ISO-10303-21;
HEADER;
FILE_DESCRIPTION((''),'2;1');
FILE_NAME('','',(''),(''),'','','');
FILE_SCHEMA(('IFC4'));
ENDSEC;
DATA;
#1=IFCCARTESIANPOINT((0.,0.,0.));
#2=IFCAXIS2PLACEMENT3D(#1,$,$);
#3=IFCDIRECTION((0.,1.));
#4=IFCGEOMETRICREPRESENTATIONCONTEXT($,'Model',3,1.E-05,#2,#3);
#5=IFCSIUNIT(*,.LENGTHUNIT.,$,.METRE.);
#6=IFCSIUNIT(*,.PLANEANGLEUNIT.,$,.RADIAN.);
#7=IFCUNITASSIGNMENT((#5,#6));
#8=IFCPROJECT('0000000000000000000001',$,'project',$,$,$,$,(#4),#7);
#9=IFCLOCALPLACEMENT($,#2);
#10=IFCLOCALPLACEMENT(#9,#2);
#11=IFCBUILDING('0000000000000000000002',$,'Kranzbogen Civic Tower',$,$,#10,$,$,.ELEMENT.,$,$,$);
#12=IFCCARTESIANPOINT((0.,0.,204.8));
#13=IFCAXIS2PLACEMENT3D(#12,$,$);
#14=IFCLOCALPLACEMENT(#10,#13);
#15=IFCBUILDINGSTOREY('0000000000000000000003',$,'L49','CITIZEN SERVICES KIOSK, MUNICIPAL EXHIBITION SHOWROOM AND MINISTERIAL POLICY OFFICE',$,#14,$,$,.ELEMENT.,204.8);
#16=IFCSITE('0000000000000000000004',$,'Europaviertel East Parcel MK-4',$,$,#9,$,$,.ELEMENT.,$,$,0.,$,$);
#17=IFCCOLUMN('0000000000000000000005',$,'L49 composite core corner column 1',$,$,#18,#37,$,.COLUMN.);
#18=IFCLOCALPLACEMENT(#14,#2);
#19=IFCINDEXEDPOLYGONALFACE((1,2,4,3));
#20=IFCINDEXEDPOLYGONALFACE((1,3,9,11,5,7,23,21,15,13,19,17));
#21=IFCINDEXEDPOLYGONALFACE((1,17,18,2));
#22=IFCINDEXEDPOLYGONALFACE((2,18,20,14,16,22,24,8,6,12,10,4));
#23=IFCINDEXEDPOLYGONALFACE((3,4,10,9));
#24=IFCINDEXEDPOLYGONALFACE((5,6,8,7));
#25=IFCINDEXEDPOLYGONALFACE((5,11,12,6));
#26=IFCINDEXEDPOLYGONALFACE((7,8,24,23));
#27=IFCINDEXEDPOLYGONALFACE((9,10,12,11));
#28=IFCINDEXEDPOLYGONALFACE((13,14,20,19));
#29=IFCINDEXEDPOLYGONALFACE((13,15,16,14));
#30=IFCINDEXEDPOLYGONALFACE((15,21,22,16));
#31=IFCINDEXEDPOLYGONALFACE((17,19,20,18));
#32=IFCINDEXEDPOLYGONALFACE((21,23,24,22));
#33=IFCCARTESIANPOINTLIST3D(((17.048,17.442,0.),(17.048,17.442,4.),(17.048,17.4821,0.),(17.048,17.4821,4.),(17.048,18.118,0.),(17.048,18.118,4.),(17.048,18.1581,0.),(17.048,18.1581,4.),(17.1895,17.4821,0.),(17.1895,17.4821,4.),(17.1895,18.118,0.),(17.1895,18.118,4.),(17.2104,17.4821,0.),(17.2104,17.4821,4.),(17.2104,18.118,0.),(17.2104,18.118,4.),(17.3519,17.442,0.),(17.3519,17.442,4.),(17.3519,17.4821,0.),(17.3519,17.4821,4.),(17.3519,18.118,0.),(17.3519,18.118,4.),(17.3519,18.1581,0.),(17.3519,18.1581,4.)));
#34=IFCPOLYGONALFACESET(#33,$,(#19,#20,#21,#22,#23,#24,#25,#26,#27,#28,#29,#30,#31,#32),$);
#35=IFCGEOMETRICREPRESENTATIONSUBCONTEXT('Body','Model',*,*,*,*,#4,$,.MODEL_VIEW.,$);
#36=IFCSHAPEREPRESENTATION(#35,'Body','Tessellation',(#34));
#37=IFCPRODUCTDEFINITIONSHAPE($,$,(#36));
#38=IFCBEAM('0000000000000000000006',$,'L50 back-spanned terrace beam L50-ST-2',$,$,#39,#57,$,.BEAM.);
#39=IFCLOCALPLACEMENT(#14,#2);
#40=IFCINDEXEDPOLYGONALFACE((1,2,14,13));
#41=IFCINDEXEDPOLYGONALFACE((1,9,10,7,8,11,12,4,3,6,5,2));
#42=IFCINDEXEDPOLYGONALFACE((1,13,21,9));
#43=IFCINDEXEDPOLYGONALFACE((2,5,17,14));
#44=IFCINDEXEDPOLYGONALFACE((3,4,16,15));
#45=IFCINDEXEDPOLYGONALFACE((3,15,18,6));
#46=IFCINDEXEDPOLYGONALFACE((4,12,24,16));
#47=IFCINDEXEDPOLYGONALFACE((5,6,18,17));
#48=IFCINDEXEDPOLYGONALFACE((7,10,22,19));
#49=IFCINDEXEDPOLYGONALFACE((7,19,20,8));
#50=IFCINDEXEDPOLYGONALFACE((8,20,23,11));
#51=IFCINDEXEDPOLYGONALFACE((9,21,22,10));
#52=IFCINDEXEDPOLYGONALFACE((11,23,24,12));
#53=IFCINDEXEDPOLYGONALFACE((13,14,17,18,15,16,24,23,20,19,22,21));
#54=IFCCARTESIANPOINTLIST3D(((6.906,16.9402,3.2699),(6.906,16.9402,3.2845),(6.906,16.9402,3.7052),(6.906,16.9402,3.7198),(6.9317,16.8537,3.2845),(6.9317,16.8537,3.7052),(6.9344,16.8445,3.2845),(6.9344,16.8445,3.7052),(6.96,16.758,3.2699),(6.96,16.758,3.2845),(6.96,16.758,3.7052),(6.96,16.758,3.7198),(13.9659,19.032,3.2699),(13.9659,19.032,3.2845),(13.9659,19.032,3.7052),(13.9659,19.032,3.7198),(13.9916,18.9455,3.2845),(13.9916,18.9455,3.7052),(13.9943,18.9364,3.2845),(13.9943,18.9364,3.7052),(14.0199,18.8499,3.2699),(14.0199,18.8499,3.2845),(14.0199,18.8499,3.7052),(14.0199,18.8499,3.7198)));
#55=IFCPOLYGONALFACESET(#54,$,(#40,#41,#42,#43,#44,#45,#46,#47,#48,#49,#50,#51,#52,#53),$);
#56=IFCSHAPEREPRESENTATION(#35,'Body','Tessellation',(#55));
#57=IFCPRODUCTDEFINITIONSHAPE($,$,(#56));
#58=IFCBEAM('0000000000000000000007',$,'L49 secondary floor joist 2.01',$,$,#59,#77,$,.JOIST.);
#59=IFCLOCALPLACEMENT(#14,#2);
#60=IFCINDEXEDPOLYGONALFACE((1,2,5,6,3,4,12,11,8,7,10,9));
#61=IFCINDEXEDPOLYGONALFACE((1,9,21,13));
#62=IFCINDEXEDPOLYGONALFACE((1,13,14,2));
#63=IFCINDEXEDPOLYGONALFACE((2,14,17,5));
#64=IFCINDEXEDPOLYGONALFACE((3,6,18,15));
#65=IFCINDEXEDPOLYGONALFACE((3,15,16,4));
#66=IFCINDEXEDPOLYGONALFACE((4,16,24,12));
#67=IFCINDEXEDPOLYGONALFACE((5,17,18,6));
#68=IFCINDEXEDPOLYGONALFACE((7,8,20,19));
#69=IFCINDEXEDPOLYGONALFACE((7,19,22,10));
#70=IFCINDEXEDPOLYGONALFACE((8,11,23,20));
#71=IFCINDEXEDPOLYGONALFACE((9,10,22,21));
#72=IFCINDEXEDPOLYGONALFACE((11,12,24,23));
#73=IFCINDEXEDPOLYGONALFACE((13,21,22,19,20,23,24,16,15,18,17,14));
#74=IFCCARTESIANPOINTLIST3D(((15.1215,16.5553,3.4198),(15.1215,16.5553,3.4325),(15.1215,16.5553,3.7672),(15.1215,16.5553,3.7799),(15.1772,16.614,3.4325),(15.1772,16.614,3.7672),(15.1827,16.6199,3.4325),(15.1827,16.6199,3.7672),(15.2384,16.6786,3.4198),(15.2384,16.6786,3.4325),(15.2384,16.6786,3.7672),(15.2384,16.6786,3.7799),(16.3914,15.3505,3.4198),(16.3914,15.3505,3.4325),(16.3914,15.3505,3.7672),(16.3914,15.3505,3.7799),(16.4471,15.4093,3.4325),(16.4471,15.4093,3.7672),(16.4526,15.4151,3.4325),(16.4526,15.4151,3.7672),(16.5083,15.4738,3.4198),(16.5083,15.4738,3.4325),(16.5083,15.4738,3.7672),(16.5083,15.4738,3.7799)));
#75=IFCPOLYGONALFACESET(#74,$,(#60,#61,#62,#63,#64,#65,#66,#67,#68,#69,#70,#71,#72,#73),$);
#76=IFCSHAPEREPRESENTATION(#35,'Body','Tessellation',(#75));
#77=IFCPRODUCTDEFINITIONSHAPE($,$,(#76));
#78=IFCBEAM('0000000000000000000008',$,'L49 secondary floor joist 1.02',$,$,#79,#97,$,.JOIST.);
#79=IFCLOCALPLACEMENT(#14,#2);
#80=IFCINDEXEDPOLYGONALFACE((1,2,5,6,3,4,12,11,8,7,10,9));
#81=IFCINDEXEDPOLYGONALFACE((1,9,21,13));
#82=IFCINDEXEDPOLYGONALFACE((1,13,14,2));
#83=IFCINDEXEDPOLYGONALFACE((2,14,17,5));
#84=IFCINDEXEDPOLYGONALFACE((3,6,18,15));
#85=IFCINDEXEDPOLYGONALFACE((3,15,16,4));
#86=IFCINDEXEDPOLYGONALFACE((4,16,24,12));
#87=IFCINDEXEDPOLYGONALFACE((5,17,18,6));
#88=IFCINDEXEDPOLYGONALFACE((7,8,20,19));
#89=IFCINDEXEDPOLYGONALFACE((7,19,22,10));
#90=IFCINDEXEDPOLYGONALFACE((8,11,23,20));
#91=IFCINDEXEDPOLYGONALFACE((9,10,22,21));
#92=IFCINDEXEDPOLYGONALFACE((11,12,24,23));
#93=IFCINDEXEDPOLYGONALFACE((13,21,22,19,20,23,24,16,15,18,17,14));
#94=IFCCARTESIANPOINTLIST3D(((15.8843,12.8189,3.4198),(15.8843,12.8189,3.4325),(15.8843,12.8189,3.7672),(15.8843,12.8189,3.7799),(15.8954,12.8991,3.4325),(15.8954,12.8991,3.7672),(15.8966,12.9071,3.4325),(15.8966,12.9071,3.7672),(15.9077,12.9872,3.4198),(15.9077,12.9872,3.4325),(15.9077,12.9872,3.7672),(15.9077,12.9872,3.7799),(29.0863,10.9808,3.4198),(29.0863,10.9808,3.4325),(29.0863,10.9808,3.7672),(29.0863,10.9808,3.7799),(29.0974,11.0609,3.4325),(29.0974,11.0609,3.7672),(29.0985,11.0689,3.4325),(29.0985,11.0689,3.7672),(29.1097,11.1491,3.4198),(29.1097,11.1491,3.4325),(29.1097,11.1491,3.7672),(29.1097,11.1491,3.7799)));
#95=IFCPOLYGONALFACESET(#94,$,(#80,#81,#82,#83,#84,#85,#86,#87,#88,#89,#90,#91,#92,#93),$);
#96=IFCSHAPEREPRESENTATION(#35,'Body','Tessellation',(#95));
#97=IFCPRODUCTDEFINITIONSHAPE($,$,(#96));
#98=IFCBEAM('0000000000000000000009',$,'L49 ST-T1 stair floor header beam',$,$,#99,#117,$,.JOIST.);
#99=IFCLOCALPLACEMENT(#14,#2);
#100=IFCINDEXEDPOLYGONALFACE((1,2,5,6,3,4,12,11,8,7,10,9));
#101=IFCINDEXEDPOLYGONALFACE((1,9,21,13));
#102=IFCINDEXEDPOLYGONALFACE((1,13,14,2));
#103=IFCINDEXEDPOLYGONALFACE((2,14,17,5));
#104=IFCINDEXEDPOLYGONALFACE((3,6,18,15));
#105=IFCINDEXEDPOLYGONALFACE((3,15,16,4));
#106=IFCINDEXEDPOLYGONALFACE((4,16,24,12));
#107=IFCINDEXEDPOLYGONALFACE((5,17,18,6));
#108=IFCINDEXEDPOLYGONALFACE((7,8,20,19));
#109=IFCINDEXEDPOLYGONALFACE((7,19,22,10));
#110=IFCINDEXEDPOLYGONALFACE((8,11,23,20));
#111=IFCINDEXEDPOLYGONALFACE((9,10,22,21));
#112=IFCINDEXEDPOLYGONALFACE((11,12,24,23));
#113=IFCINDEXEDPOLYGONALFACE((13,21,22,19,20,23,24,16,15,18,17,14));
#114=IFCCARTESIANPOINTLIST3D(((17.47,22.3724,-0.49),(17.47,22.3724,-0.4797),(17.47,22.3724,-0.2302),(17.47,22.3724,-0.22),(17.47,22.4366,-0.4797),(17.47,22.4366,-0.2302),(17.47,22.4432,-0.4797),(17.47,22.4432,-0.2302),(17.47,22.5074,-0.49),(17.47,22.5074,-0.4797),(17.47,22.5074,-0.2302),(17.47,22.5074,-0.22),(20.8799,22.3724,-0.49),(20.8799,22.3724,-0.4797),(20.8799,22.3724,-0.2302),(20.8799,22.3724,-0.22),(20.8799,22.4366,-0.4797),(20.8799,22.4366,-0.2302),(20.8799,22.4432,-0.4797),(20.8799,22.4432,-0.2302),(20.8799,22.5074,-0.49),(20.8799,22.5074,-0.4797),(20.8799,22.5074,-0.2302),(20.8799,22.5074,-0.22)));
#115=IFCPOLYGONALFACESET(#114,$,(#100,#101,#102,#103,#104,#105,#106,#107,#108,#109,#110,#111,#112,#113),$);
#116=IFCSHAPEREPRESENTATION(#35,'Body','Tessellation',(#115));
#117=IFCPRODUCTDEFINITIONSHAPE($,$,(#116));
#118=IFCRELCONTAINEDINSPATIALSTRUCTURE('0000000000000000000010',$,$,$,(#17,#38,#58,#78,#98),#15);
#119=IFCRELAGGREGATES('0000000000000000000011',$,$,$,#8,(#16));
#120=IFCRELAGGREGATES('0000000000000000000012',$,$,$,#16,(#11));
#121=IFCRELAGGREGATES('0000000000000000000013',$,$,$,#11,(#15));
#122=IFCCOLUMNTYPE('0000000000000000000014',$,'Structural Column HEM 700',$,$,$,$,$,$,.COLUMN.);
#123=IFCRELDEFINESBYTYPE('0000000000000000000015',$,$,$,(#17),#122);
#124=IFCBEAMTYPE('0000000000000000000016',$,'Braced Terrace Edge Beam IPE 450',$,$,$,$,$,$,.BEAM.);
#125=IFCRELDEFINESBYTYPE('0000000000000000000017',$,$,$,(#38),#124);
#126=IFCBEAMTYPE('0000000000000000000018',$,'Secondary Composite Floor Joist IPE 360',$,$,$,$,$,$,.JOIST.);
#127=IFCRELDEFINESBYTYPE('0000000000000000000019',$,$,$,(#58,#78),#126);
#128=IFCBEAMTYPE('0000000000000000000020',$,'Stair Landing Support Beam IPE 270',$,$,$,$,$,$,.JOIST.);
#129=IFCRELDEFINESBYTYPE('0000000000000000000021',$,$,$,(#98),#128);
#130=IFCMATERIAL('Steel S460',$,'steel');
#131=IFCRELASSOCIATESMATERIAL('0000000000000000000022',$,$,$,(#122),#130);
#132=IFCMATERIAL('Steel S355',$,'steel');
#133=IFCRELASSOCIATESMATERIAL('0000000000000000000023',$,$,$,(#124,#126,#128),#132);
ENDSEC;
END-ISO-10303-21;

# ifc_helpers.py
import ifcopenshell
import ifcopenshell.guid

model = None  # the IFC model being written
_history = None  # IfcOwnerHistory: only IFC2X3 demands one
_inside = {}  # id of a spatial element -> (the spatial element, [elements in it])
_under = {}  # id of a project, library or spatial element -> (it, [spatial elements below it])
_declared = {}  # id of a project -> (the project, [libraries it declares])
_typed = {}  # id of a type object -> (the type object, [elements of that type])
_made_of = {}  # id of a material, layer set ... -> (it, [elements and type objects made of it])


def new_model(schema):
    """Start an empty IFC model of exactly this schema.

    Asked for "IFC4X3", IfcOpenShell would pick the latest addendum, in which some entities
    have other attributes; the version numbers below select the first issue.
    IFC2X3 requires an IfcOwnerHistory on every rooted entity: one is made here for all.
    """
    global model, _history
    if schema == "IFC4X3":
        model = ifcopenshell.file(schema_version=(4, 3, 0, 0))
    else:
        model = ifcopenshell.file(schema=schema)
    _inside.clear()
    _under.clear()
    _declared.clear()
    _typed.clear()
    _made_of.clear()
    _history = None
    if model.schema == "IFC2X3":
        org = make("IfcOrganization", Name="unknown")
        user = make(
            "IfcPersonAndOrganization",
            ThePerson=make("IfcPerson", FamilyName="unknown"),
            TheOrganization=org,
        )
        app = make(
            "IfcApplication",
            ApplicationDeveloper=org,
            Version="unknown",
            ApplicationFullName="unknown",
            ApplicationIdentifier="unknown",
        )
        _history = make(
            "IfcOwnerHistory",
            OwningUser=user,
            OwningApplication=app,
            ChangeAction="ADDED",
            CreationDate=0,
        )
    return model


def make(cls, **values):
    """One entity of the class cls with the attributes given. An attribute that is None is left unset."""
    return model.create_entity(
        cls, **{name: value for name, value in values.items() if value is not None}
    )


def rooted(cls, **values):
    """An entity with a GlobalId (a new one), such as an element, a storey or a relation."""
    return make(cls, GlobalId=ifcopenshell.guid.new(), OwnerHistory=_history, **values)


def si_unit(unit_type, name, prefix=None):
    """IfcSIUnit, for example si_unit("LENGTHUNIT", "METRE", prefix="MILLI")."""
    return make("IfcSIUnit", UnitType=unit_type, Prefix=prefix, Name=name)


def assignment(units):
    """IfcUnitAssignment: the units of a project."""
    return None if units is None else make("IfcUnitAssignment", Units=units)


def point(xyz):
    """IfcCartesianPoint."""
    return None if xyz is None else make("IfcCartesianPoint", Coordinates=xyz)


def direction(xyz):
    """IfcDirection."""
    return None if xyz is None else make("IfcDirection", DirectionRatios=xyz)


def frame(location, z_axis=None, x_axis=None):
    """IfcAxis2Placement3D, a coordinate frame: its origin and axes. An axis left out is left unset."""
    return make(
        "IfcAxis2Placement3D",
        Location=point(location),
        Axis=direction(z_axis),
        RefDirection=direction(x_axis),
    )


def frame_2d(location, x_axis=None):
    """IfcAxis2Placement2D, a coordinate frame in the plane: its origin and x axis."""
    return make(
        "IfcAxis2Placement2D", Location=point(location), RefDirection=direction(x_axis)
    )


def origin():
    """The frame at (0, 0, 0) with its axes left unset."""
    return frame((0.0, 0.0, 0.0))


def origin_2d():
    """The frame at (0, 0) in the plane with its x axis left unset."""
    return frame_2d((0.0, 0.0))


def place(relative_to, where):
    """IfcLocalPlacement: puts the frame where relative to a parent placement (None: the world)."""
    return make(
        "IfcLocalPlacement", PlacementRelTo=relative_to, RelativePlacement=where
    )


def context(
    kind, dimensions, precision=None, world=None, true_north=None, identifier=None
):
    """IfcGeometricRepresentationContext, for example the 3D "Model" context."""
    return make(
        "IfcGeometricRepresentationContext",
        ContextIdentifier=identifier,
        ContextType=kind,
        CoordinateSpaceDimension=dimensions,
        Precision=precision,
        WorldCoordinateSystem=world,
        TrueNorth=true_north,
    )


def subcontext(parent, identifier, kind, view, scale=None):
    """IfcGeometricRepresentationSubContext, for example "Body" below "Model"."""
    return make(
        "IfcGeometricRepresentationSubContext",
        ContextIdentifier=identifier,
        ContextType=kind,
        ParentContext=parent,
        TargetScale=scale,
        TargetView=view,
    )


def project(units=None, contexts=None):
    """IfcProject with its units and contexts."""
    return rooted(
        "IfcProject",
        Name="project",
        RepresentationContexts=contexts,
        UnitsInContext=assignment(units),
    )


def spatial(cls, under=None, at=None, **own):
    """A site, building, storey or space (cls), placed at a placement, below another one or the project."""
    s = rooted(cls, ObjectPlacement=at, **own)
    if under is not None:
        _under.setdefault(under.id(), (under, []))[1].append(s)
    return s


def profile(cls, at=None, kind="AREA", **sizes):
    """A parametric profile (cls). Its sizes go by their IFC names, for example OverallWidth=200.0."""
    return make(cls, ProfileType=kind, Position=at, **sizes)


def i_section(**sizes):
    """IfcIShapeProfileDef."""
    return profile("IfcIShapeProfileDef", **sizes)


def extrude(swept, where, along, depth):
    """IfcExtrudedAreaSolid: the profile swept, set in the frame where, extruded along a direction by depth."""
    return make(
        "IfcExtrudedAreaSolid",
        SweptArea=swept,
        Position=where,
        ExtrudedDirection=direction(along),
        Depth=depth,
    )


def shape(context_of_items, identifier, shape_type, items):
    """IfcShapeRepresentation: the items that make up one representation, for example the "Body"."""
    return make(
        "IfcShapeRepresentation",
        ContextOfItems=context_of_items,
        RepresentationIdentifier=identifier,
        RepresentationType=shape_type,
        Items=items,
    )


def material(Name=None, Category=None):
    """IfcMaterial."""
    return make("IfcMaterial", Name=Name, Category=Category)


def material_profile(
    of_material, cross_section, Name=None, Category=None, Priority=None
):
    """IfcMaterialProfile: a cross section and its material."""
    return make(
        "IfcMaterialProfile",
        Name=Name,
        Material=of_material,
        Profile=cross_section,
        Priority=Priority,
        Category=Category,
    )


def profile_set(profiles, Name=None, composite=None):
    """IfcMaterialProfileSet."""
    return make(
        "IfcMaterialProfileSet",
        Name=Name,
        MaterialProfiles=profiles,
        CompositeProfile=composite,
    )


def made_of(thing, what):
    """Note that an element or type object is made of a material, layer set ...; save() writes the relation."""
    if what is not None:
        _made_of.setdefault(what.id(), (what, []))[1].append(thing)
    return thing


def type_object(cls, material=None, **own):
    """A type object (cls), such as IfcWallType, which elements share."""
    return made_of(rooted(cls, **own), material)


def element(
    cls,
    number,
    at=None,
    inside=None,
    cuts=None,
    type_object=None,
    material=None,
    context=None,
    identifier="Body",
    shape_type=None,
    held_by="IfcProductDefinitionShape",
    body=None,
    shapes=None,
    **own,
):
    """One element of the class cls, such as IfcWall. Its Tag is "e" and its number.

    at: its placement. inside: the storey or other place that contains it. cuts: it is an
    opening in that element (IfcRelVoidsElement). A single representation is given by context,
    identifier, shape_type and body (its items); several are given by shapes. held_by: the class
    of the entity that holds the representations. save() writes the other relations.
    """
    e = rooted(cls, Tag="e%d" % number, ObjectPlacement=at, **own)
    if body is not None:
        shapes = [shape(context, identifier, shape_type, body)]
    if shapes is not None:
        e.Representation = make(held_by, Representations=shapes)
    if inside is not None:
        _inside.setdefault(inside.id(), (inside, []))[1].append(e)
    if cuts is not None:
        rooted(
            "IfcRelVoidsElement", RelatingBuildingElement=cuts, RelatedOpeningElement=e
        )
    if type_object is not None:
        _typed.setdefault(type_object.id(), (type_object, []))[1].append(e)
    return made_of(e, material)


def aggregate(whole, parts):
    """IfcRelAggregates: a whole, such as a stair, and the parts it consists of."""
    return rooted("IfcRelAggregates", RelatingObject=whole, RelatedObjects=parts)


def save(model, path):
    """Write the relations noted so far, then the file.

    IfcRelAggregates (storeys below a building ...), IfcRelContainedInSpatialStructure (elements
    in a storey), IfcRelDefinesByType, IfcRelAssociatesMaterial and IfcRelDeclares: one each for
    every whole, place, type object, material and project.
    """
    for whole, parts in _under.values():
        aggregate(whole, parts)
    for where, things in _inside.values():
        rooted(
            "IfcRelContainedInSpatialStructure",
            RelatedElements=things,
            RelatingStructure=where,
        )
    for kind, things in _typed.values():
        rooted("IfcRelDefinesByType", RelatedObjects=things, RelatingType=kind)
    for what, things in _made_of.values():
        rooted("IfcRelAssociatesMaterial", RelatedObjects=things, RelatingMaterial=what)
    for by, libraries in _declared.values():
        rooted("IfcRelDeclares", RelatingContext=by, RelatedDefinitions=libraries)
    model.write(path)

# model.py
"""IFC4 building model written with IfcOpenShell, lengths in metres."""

from ifc_helpers import new_model, si_unit, direction, frame, origin, origin_2d, place, context, subcontext, project, spatial, i_section, extrude, material, material_profile, profile_set, type_object, element, save


model = new_model("IFC4")

# Units and contexts
model_context = context("Model", 3, precision=1e-05, world=origin(), true_north=direction((0.0, 1.0)))
body_context = subcontext(model_context, "Body", "Model", "MODEL_VIEW")
ifc_project = project(units=[si_unit("LENGTHUNIT", "METRE"), si_unit("PLANEANGLEUNIT", "RADIAN")], contexts=[model_context])

# Site, building, storey
site_placement = place(None, origin())
site = spatial("IfcSite", under=ifc_project, at=site_placement, Name="Europaviertel East Parcel MK-4", CompositionType="ELEMENT", RefElevation=0.0)
building_placement = place(site_placement, origin())
building = spatial("IfcBuilding", under=site, at=building_placement, Name="Kranzbogen Civic Tower", CompositionType="ELEMENT")
storey_placement = place(building_placement, frame((0.0, 0.0, 204.8)))
storey = spatial("IfcBuildingStorey", under=building, at=storey_placement, Name="L49", Description="CITIZEN SERVICES KIOSK, MUNICIPAL EXHIBITION SHOWROOM AND MINISTERIAL POLICY OFFICE", CompositionType="ELEMENT", Elevation=204.8)

# Column
ifc_material_1 = material(Name="Steel S460", Category="steel")
ifc_material_profile_1 = material_profile(ifc_material_1, i_section(OverallWidth=0.304, OverallDepth=0.7161, WebThickness=0.021, FlangeThickness=0.04, at=origin_2d()), Name="HEM 700")
ifc_profile_set_1 = profile_set([ifc_material_profile_1], Name="Steel S460")
column_type = type_object("IfcColumnType", Name="Structural Column HEM 700", PredefinedType="COLUMN", material=ifc_profile_set_1)
column_placement = place(storey_placement, frame((17.2, 17.8, 0.0), z_axis=(0.0, 0.0, 1.0), x_axis=(1.0, 0.0, 0.0)))
element("IfcColumn", 1, at=column_placement, inside=storey, type_object=column_type, Name="L49 composite core corner column 1", PredefinedType="COLUMN", context=body_context, shape_type="SweptSolid", body=[
    extrude(i_section(OverallWidth=0.304, OverallDepth=0.7161, WebThickness=0.021, FlangeThickness=0.04, at=origin_2d()), origin(), (0.0, 0.0, 1.0), 4.0),
])

# Beams
ifc_material_2 = material(Name="Steel S355", Category="steel")
ifc_material_profile_2 = material_profile(ifc_material_2, i_section(OverallWidth=0.1899, OverallDepth=0.45, WebThickness=0.0095, FlangeThickness=0.0146, at=origin_2d()), Name="IPE 450")
ifc_profile_set_2 = profile_set([ifc_material_profile_2], Name="Steel S355")
beam_type_1 = type_object("IfcBeamType", Name="Braced Terrace Edge Beam IPE 450", PredefinedType="BEAM", material=ifc_profile_set_2)
beam_1_placement = place(storey_placement, frame((13.9929, 18.9409, 3.4949), z_axis=(-0.958798, -0.284088, 0.0), x_axis=(0.284088, -0.958798, 0.0)))
element("IfcBeam", 2, at=beam_1_placement, inside=storey, type_object=beam_type_1, Name="L50 back-spanned terrace beam L50-ST-2", PredefinedType="BEAM", context=body_context, shape_type="SweptSolid", body=[
    extrude(i_section(OverallWidth=0.1899, OverallDepth=0.45, WebThickness=0.0095, FlangeThickness=0.0146, at=origin_2d()), origin(), (0.0, 0.0, 1.0), 7.3633),
])
ifc_material_profile_3 = material_profile(ifc_material_2, i_section(OverallWidth=0.1699, OverallDepth=0.3601, WebThickness=0.0081, FlangeThickness=0.0127, at=origin_2d()), Name="IPE 360")
ifc_profile_set_3 = profile_set([ifc_material_profile_3], Name="Steel S355")
beam_type_2 = type_object("IfcBeamType", Name="Secondary Composite Floor Joist IPE 360", PredefinedType="JOIST", material=ifc_profile_set_3)
beam_2_placement = place(storey_placement, frame((15.1799, 16.6169, 3.5999), z_axis=(0.72548, -0.688243, 0.0), x_axis=(0.688243, 0.72548, 0.0)))
element("IfcBeam", 3, at=beam_2_placement, inside=storey, type_object=beam_type_2, Name="L49 secondary floor joist 2.01", PredefinedType="JOIST", context=body_context, shape_type="SweptSolid", body=[
    extrude(i_section(OverallWidth=0.1699, OverallDepth=0.3601, WebThickness=0.0081, FlangeThickness=0.0127, at=origin_2d()), origin(), (0.0, 0.0, 1.0), 1.7505),
])
beam_3_placement = place(storey_placement, frame((15.896, 12.9031, 3.5999), z_axis=(0.990446, -0.137902, 0.0), x_axis=(0.137902, 0.990446, 0.0)))
element("IfcBeam", 4, at=beam_3_placement, inside=storey, type_object=beam_type_2, Name="L49 secondary floor joist 1.02", PredefinedType="JOIST", context=body_context, shape_type="SweptSolid", body=[
    extrude(i_section(OverallWidth=0.1699, OverallDepth=0.3601, WebThickness=0.0081, FlangeThickness=0.0127, at=origin_2d()), origin(), (0.0, 0.0, 1.0), 13.3293),
])
ifc_material_profile_4 = material_profile(ifc_material_2, i_section(OverallWidth=0.135, OverallDepth=0.27, WebThickness=0.0066, FlangeThickness=0.0103, at=origin_2d()), Name="IPE 270")
ifc_profile_set_4 = profile_set([ifc_material_profile_4], Name="Steel S355")
beam_type_3 = type_object("IfcBeamType", Name="Stair Landing Support Beam IPE 270", PredefinedType="JOIST", material=ifc_profile_set_4)
beam_4_placement = place(storey_placement, frame((20.8799, 22.4399, -0.355), z_axis=(-1.0, 0.0, 0.0), x_axis=(0.0, -1.0, 0.0)))
element("IfcBeam", 5, at=beam_4_placement, inside=storey, type_object=beam_type_3, Name="L49 ST-T1 stair floor header beam", PredefinedType="JOIST", context=body_context, shape_type="SweptSolid", body=[
    extrude(i_section(OverallWidth=0.135, OverallDepth=0.27, WebThickness=0.0066, FlangeThickness=0.0103, at=origin_2d()), origin(), (0.0, 0.0, 1.0), 3.4099),
])

save(model, "model.ifc")
